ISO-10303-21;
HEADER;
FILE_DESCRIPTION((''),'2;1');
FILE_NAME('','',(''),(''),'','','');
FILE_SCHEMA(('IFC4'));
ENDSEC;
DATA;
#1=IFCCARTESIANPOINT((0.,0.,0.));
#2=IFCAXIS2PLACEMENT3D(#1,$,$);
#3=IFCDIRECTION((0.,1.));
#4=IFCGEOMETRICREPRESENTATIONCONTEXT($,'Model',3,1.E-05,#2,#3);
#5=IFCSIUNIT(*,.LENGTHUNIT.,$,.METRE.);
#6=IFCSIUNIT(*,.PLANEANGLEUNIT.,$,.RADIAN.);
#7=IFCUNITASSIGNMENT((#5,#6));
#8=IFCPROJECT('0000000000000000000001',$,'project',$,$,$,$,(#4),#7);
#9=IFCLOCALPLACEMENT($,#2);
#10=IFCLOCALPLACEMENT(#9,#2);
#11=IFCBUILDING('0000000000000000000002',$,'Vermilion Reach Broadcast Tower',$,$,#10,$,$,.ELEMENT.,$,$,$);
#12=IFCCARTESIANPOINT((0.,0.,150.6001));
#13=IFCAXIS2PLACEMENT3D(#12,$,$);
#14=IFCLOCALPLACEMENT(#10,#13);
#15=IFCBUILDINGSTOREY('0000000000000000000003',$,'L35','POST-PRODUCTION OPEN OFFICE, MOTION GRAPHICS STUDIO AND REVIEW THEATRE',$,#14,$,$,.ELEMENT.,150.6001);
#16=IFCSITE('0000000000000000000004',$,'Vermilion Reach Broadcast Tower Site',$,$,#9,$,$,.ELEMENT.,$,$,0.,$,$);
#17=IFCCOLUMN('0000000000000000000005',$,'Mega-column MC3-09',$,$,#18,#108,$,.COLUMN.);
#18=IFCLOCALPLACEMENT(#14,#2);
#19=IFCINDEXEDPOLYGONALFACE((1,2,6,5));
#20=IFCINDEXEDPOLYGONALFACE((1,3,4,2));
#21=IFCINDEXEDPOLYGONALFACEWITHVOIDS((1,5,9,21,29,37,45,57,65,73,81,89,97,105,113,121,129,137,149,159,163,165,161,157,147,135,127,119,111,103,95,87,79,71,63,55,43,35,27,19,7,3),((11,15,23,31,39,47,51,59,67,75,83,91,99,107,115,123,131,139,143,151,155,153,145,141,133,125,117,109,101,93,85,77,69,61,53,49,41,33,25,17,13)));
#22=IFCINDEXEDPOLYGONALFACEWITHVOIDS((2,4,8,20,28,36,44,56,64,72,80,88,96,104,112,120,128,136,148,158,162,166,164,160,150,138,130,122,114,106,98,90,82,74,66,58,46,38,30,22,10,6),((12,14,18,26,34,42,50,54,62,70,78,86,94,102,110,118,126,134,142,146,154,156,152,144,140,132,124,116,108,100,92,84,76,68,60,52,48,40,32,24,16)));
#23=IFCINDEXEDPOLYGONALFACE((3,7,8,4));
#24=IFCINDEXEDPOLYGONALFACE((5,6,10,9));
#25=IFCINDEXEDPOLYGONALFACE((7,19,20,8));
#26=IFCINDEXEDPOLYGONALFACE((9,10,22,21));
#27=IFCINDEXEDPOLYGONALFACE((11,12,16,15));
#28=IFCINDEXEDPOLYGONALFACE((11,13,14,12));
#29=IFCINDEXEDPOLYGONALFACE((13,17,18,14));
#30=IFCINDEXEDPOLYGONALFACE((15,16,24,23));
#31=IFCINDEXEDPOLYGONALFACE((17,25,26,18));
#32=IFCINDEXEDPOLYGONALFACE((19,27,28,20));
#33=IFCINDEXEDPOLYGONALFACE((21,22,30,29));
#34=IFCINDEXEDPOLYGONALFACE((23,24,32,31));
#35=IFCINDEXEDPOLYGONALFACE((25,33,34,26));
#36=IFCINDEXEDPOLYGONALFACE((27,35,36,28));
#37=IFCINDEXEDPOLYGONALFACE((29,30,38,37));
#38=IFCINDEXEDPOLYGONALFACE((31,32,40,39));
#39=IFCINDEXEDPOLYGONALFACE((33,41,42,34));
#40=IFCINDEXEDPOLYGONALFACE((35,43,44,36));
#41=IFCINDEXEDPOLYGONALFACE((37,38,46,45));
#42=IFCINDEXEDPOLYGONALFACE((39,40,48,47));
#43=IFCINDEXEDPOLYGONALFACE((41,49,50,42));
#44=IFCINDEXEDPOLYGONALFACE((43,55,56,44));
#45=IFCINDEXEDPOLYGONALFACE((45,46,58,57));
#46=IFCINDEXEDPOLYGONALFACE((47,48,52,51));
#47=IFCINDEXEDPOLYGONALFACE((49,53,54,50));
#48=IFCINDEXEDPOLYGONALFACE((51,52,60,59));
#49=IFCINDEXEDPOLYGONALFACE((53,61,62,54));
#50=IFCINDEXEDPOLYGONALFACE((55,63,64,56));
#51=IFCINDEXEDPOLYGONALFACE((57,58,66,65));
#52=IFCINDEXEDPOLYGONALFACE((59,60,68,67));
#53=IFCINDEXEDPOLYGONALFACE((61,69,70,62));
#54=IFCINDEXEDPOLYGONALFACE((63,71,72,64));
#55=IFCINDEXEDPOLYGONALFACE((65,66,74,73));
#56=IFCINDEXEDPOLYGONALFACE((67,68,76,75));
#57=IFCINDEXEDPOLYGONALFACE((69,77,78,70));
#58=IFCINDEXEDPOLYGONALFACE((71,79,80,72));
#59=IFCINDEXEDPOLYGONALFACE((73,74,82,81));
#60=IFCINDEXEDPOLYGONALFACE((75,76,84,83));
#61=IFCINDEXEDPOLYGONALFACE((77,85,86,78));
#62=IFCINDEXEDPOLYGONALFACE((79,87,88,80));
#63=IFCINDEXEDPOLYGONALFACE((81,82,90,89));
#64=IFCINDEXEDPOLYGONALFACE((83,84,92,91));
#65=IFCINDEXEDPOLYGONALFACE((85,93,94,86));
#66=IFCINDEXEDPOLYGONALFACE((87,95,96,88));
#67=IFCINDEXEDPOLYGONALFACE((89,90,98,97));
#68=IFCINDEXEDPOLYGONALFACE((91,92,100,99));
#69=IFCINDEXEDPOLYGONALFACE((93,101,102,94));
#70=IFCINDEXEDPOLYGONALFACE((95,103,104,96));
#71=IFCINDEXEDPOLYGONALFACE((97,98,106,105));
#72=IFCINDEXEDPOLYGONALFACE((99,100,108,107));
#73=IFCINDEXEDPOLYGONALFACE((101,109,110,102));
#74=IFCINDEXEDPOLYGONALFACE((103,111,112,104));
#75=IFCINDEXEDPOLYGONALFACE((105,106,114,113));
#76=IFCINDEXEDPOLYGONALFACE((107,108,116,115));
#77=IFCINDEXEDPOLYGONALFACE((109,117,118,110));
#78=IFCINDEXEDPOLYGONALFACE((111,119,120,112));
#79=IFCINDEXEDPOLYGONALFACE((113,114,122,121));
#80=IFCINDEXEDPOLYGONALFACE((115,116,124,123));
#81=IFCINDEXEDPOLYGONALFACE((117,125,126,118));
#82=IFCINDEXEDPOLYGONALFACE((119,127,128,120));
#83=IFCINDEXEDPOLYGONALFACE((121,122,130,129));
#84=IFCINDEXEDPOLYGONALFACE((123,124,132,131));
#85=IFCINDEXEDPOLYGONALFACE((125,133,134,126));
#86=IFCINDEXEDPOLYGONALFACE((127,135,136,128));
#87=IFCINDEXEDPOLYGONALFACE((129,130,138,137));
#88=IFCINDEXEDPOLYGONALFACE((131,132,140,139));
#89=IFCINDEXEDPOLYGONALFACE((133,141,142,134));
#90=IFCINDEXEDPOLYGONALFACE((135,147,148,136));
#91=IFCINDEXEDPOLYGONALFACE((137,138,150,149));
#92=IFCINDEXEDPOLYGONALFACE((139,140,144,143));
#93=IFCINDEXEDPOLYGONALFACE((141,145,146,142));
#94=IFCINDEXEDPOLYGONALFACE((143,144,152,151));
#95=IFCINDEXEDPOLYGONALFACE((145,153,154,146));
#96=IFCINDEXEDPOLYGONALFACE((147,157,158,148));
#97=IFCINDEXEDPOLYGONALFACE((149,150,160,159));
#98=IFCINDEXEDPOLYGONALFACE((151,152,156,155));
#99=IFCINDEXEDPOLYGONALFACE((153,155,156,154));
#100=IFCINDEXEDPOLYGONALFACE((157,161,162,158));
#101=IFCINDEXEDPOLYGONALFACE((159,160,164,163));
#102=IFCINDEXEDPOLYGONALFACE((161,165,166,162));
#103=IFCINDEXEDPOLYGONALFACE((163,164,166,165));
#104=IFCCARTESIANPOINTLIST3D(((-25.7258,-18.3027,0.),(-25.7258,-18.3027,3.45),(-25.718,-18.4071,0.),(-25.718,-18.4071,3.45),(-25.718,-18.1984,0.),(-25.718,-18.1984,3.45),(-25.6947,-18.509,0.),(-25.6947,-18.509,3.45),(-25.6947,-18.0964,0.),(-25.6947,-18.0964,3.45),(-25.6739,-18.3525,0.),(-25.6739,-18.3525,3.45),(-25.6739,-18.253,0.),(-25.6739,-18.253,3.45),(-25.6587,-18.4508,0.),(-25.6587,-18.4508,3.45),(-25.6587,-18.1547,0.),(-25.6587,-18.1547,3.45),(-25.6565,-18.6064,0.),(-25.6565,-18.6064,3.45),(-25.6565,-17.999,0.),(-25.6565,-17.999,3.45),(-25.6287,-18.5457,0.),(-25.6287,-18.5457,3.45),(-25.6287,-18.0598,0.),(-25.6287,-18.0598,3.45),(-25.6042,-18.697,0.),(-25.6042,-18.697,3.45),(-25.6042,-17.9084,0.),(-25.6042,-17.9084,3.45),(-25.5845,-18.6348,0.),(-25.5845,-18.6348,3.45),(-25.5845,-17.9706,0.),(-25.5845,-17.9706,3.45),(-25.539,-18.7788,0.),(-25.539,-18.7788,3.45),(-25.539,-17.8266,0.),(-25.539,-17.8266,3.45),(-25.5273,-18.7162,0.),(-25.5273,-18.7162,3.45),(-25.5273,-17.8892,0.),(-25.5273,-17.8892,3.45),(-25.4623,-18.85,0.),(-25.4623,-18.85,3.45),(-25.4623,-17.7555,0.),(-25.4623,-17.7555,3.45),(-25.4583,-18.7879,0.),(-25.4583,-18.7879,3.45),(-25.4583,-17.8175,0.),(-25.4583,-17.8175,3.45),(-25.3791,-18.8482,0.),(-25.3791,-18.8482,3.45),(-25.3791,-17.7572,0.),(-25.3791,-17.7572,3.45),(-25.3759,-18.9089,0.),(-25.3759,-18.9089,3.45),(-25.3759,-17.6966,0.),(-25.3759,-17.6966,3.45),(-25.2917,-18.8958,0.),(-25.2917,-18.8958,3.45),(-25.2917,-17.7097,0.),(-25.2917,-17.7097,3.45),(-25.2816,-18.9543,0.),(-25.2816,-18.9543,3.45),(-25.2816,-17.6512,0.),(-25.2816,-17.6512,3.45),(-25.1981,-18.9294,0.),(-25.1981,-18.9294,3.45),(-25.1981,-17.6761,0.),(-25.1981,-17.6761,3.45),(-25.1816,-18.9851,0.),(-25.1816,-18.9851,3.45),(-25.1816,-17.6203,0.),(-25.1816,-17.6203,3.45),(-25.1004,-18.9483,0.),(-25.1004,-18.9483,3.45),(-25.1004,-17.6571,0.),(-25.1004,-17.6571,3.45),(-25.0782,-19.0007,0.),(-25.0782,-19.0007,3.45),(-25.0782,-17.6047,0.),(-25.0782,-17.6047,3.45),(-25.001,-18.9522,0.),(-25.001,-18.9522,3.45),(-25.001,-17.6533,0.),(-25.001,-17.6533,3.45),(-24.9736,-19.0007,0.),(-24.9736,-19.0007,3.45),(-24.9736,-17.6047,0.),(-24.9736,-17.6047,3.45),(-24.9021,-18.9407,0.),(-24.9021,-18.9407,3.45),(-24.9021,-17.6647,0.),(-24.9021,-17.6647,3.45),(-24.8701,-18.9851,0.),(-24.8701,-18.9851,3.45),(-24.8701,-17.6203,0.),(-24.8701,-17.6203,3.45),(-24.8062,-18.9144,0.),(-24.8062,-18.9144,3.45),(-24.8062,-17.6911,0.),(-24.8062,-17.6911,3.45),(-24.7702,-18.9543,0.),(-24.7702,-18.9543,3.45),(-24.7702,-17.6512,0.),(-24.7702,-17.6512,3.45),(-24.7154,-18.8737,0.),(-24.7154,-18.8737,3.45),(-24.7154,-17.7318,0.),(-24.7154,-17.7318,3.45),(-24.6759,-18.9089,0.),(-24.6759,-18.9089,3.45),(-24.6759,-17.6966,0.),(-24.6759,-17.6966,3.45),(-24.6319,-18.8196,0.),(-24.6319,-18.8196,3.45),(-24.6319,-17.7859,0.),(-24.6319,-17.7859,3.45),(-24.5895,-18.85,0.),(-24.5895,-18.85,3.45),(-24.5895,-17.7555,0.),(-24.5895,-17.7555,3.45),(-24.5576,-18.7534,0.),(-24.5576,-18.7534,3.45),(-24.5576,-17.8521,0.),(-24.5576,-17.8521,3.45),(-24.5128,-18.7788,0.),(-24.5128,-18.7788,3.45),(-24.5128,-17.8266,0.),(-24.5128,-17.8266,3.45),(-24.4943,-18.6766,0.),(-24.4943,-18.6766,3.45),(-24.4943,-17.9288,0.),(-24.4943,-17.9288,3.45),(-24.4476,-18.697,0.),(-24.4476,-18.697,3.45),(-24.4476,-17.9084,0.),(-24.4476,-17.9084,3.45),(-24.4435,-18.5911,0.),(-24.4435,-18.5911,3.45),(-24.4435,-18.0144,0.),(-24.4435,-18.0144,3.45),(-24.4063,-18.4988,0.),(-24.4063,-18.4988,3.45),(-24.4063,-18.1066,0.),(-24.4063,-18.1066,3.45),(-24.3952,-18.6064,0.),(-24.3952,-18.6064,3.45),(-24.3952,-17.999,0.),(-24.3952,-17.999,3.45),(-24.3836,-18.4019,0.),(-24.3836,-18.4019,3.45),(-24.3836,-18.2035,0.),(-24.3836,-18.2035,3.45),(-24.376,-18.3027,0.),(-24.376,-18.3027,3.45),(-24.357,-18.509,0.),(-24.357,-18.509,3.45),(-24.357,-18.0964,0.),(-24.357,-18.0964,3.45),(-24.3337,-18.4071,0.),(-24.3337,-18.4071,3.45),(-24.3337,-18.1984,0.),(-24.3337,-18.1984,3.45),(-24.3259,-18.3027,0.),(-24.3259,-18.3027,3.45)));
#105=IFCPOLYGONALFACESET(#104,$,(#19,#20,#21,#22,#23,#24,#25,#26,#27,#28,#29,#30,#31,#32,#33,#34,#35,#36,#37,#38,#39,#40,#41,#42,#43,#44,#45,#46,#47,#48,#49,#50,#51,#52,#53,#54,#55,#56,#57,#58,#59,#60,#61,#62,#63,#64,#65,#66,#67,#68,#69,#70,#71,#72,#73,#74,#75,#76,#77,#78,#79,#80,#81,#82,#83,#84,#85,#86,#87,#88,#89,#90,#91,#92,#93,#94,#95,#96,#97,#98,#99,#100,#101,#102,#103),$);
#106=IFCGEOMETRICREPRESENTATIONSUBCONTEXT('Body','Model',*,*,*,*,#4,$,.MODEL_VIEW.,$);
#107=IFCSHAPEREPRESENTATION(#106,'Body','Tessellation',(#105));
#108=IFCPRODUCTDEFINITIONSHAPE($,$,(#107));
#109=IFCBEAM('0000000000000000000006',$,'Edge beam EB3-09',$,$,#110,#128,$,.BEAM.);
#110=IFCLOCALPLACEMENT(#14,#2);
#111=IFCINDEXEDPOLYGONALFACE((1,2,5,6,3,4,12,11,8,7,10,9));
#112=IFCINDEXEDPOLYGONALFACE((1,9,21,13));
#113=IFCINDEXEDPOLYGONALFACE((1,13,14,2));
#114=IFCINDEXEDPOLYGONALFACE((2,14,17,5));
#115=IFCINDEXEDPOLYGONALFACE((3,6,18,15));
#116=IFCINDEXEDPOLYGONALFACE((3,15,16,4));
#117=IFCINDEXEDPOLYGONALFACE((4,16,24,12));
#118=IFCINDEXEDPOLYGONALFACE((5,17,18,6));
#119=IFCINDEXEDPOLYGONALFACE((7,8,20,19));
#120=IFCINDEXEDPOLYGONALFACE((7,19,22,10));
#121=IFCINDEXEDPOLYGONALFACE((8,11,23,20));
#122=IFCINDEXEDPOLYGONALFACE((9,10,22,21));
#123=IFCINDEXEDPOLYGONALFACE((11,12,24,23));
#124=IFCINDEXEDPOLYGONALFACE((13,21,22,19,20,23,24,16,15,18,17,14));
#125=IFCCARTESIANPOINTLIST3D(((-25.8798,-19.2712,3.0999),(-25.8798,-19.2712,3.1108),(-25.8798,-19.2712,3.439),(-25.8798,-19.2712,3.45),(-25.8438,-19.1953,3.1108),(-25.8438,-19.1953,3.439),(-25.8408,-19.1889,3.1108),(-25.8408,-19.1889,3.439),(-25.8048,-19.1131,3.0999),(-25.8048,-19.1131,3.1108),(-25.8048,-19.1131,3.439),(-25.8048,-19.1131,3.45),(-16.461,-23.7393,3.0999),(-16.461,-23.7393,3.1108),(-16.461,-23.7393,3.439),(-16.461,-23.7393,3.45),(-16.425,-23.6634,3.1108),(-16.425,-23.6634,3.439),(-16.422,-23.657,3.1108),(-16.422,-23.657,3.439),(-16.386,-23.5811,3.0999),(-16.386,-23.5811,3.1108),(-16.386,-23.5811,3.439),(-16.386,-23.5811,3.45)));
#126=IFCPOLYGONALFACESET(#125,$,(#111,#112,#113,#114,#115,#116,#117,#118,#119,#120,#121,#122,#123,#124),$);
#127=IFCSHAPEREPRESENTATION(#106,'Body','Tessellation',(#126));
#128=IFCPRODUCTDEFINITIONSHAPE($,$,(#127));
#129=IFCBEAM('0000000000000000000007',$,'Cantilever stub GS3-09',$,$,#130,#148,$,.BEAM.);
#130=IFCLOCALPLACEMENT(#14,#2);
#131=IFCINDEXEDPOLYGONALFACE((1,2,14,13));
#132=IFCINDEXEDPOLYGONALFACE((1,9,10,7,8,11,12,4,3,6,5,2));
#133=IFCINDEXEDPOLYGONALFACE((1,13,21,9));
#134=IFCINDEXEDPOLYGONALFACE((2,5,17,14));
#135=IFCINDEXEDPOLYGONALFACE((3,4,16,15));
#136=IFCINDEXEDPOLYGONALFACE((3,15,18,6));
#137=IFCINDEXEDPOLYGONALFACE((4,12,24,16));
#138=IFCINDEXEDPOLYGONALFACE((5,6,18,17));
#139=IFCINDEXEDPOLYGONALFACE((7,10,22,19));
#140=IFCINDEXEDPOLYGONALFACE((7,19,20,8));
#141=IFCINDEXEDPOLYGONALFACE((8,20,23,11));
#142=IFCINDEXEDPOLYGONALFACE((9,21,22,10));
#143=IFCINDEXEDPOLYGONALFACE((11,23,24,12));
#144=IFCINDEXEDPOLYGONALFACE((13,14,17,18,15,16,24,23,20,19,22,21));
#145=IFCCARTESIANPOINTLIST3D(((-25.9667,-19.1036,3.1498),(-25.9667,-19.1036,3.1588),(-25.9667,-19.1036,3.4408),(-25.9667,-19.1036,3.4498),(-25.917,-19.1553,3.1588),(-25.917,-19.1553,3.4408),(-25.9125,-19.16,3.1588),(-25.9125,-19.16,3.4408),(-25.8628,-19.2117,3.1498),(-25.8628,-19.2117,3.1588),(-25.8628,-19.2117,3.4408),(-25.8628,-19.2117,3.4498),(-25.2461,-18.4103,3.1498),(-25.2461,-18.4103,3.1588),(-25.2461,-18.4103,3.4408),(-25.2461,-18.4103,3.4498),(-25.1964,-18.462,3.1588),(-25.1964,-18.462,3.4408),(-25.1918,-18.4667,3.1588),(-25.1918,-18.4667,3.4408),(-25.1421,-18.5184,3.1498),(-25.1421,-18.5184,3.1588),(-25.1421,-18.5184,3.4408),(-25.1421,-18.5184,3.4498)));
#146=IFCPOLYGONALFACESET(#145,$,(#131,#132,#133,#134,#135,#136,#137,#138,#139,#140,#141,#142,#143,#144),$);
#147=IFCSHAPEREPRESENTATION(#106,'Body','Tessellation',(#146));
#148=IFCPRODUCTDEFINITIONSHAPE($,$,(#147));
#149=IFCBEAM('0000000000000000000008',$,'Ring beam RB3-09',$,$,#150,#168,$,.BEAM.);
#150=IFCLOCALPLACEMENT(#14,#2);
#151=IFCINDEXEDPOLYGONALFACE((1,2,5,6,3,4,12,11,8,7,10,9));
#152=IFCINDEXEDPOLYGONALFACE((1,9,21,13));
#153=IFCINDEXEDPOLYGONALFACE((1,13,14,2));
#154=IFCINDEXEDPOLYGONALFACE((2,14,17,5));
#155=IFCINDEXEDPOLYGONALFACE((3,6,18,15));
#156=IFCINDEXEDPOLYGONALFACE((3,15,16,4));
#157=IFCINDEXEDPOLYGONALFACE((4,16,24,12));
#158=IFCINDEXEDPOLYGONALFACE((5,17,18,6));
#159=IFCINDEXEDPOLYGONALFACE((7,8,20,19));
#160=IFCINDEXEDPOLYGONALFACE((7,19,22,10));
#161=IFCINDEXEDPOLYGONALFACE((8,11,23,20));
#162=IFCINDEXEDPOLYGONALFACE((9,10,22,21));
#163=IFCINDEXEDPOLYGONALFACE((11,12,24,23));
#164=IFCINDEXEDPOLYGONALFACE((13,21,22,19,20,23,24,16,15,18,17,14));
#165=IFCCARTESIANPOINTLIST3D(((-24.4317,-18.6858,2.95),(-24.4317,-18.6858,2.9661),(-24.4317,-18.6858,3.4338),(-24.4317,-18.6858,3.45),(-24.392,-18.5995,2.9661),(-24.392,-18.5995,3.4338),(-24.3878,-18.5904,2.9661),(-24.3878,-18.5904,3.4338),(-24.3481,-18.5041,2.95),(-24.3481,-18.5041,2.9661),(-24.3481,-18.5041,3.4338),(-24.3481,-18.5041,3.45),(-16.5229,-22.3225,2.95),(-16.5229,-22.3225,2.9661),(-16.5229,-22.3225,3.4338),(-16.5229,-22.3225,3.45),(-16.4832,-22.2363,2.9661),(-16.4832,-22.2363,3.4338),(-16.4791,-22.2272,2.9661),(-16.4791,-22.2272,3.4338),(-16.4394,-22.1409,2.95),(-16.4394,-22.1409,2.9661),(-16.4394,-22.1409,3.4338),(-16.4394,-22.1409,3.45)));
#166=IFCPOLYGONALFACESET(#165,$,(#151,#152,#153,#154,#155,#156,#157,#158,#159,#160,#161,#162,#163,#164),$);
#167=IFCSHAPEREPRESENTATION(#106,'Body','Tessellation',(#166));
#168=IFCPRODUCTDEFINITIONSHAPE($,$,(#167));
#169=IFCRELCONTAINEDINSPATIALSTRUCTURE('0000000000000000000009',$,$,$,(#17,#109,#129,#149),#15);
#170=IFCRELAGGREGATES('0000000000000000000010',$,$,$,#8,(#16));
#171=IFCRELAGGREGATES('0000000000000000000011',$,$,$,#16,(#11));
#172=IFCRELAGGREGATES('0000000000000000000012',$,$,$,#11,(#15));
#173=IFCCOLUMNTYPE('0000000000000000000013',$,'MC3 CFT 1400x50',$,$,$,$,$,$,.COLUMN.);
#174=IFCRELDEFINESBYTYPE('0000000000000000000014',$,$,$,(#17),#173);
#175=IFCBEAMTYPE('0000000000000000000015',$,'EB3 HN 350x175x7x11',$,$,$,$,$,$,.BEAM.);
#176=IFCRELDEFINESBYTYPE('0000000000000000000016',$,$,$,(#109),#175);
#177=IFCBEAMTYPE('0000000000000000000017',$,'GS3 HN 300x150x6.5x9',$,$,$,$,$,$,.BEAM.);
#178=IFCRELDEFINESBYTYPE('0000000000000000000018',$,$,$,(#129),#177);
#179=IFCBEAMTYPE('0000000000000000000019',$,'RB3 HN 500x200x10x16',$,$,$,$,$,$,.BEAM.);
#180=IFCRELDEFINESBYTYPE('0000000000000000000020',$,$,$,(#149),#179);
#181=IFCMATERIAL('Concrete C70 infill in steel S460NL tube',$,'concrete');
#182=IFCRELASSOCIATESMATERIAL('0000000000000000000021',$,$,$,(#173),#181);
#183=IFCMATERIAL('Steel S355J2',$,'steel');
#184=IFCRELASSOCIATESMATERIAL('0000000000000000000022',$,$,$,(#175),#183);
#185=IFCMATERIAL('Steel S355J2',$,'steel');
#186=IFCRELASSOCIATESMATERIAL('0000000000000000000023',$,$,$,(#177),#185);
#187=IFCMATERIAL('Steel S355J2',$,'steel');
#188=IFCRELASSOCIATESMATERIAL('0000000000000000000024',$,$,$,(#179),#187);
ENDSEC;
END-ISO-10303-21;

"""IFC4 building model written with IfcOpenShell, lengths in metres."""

from ifc_helpers import new_model, si_unit, direction, frame, origin, origin_2d, place, context, subcontext, project, spatial, hollow_circle, i_section, extrude, material, material_profile, profile_set, type_object, element, save


model = new_model("IFC4")

# Units and contexts
model_context = context("Model", 3, precision=1e-05, world=origin(), true_north=direction((0.0, 1.0)))
body_context = subcontext(model_context, "Body", "Model", "MODEL_VIEW")
ifc_project = project(units=[si_unit("LENGTHUNIT", "METRE"), si_unit("PLANEANGLEUNIT", "RADIAN")], contexts=[model_context])

# Site, building, storey
site_placement = place(None, origin())
site = spatial("IfcSite", under=ifc_project, at=site_placement, Name="Vermilion Reach Broadcast Tower Site", CompositionType="ELEMENT", RefElevation=0.0)
building_placement = place(site_placement, origin())
building = spatial("IfcBuilding", under=site, at=building_placement, Name="Vermilion Reach Broadcast Tower", CompositionType="ELEMENT")
storey_placement = place(building_placement, frame((0.0, 0.0, 150.6001)))
storey = spatial("IfcBuildingStorey", under=building, at=storey_placement, Name="L35", Description="POST-PRODUCTION OPEN OFFICE, MOTION GRAPHICS STUDIO AND REVIEW THEATRE", CompositionType="ELEMENT", Elevation=150.6001)

# Column
ifc_material_1 = material(Name="Concrete C70 infill in steel S460NL tube", Category="concrete")
ifc_material_profile_1 = material_profile(ifc_material_1, hollow_circle(Radius=0.7, WallThickness=0.05, at=origin_2d()), Name="Concrete C70 infill in steel S460NL tube CFT 1400x50")
ifc_profile_set_1 = profile_set([ifc_material_profile_1], Name="Concrete C70 infill in steel S460NL tube")
column_type = type_object("IfcColumnType", Name="MC3 CFT 1400x50", PredefinedType="COLUMN", material=ifc_profile_set_1)
column_placement = place(storey_placement, frame((-25.0259, -18.3027, 0.0), z_axis=(0.0, 0.0, 1.0), x_axis=(1.0, 0.0, 0.0)))
element("IfcColumn", 1, at=column_placement, inside=storey, type_object=column_type, Name="Mega-column MC3-09", PredefinedType="COLUMN", context=body_context, shape_type="SweptSolid", body=[
    extrude(hollow_circle(Radius=0.7, WallThickness=0.05, at=origin_2d()), origin(), (0.0, 0.0, 1.0), 3.45),
])

# Beams
ifc_material_2 = material(Name="Steel S355J2", Category="steel")
ifc_material_profile_2 = material_profile(ifc_material_2, i_section(OverallWidth=0.175, OverallDepth=0.3501, WebThickness=0.0071, FlangeThickness=0.011, at=origin_2d()), Name="S355J2 HN 350x175x7x11")
ifc_profile_set_2 = profile_set([ifc_material_profile_2], Name="Steel S355J2")
beam_type_1 = type_object("IfcBeamType", Name="EB3 HN 350x175x7x11", PredefinedType="BEAM", material=ifc_profile_set_2)
beam_1_placement = place(storey_placement, frame((-25.8423, -19.1921, 3.2749), z_axis=(0.903495, -0.428598, 0.0), x_axis=(0.428598, 0.903495, 0.0)))
element("IfcBeam", 2, at=beam_1_placement, inside=storey, type_object=beam_type_1, Name="Edge beam EB3-09", PredefinedType="BEAM", context=body_context, shape_type="SweptSolid", body=[
    extrude(i_section(OverallWidth=0.175, OverallDepth=0.3501, WebThickness=0.0071, FlangeThickness=0.011, at=origin_2d()), origin(), (0.0, 0.0, 1.0), 10.4248),
])
ifc_material_3 = material(Name="Steel S355J2", Category="steel")
ifc_material_profile_3 = material_profile(ifc_material_3, i_section(OverallWidth=0.1499, OverallDepth=0.3, WebThickness=0.0066, FlangeThickness=0.009, at=origin_2d()), Name="S355J2 HN 300x150x6.5x9")
ifc_profile_set_3 = profile_set([ifc_material_profile_3], Name="Steel S355J2")
beam_type_2 = type_object("IfcBeamType", Name="GS3 HN 300x150x6.5x9", PredefinedType="BEAM", material=ifc_profile_set_3)
beam_2_placement = place(storey_placement, frame((-25.1941, -18.4644, 3.2998), z_axis=(-0.720645, -0.693304, 0.0), x_axis=(0.693304, -0.720645, 0.0)))
element("IfcBeam", 3, at=beam_2_placement, inside=storey, type_object=beam_type_2, Name="Cantilever stub GS3-09", PredefinedType="BEAM", context=body_context, shape_type="SweptSolid", body=[
    extrude(i_section(OverallWidth=0.1499, OverallDepth=0.3, WebThickness=0.0066, FlangeThickness=0.009, at=origin_2d()), origin(), (0.0, 0.0, 1.0), 1.0),
])
ifc_material_4 = material(Name="Steel S355J2", Category="steel")
ifc_material_profile_4 = material_profile(ifc_material_4, i_section(OverallWidth=0.2, OverallDepth=0.5, WebThickness=0.01, FlangeThickness=0.0161, at=origin_2d()), Name="S355J2 HN 500x200x10x16")
ifc_profile_set_4 = profile_set([ifc_material_profile_4], Name="Steel S355J2")
beam_type_3 = type_object("IfcBeamType", Name="RB3 HN 500x200x10x16", PredefinedType="BEAM", material=ifc_profile_set_4)
beam_3_placement = place(storey_placement, frame((-24.3899, -18.595, 3.2), z_axis=(0.908546, -0.417784, 0.0), x_axis=(0.417784, 0.908546, 0.0)))
element("IfcBeam", 4, at=beam_3_placement, inside=storey, type_object=beam_type_3, Name="Ring beam RB3-09", PredefinedType="BEAM", context=body_context, shape_type="SweptSolid", body=[
    extrude(i_section(OverallWidth=0.2, OverallDepth=0.5, WebThickness=0.01, FlangeThickness=0.0161, at=origin_2d()), origin(), (0.0, 0.0, 1.0), 8.7048),
])

save(model, "model.ifc")
